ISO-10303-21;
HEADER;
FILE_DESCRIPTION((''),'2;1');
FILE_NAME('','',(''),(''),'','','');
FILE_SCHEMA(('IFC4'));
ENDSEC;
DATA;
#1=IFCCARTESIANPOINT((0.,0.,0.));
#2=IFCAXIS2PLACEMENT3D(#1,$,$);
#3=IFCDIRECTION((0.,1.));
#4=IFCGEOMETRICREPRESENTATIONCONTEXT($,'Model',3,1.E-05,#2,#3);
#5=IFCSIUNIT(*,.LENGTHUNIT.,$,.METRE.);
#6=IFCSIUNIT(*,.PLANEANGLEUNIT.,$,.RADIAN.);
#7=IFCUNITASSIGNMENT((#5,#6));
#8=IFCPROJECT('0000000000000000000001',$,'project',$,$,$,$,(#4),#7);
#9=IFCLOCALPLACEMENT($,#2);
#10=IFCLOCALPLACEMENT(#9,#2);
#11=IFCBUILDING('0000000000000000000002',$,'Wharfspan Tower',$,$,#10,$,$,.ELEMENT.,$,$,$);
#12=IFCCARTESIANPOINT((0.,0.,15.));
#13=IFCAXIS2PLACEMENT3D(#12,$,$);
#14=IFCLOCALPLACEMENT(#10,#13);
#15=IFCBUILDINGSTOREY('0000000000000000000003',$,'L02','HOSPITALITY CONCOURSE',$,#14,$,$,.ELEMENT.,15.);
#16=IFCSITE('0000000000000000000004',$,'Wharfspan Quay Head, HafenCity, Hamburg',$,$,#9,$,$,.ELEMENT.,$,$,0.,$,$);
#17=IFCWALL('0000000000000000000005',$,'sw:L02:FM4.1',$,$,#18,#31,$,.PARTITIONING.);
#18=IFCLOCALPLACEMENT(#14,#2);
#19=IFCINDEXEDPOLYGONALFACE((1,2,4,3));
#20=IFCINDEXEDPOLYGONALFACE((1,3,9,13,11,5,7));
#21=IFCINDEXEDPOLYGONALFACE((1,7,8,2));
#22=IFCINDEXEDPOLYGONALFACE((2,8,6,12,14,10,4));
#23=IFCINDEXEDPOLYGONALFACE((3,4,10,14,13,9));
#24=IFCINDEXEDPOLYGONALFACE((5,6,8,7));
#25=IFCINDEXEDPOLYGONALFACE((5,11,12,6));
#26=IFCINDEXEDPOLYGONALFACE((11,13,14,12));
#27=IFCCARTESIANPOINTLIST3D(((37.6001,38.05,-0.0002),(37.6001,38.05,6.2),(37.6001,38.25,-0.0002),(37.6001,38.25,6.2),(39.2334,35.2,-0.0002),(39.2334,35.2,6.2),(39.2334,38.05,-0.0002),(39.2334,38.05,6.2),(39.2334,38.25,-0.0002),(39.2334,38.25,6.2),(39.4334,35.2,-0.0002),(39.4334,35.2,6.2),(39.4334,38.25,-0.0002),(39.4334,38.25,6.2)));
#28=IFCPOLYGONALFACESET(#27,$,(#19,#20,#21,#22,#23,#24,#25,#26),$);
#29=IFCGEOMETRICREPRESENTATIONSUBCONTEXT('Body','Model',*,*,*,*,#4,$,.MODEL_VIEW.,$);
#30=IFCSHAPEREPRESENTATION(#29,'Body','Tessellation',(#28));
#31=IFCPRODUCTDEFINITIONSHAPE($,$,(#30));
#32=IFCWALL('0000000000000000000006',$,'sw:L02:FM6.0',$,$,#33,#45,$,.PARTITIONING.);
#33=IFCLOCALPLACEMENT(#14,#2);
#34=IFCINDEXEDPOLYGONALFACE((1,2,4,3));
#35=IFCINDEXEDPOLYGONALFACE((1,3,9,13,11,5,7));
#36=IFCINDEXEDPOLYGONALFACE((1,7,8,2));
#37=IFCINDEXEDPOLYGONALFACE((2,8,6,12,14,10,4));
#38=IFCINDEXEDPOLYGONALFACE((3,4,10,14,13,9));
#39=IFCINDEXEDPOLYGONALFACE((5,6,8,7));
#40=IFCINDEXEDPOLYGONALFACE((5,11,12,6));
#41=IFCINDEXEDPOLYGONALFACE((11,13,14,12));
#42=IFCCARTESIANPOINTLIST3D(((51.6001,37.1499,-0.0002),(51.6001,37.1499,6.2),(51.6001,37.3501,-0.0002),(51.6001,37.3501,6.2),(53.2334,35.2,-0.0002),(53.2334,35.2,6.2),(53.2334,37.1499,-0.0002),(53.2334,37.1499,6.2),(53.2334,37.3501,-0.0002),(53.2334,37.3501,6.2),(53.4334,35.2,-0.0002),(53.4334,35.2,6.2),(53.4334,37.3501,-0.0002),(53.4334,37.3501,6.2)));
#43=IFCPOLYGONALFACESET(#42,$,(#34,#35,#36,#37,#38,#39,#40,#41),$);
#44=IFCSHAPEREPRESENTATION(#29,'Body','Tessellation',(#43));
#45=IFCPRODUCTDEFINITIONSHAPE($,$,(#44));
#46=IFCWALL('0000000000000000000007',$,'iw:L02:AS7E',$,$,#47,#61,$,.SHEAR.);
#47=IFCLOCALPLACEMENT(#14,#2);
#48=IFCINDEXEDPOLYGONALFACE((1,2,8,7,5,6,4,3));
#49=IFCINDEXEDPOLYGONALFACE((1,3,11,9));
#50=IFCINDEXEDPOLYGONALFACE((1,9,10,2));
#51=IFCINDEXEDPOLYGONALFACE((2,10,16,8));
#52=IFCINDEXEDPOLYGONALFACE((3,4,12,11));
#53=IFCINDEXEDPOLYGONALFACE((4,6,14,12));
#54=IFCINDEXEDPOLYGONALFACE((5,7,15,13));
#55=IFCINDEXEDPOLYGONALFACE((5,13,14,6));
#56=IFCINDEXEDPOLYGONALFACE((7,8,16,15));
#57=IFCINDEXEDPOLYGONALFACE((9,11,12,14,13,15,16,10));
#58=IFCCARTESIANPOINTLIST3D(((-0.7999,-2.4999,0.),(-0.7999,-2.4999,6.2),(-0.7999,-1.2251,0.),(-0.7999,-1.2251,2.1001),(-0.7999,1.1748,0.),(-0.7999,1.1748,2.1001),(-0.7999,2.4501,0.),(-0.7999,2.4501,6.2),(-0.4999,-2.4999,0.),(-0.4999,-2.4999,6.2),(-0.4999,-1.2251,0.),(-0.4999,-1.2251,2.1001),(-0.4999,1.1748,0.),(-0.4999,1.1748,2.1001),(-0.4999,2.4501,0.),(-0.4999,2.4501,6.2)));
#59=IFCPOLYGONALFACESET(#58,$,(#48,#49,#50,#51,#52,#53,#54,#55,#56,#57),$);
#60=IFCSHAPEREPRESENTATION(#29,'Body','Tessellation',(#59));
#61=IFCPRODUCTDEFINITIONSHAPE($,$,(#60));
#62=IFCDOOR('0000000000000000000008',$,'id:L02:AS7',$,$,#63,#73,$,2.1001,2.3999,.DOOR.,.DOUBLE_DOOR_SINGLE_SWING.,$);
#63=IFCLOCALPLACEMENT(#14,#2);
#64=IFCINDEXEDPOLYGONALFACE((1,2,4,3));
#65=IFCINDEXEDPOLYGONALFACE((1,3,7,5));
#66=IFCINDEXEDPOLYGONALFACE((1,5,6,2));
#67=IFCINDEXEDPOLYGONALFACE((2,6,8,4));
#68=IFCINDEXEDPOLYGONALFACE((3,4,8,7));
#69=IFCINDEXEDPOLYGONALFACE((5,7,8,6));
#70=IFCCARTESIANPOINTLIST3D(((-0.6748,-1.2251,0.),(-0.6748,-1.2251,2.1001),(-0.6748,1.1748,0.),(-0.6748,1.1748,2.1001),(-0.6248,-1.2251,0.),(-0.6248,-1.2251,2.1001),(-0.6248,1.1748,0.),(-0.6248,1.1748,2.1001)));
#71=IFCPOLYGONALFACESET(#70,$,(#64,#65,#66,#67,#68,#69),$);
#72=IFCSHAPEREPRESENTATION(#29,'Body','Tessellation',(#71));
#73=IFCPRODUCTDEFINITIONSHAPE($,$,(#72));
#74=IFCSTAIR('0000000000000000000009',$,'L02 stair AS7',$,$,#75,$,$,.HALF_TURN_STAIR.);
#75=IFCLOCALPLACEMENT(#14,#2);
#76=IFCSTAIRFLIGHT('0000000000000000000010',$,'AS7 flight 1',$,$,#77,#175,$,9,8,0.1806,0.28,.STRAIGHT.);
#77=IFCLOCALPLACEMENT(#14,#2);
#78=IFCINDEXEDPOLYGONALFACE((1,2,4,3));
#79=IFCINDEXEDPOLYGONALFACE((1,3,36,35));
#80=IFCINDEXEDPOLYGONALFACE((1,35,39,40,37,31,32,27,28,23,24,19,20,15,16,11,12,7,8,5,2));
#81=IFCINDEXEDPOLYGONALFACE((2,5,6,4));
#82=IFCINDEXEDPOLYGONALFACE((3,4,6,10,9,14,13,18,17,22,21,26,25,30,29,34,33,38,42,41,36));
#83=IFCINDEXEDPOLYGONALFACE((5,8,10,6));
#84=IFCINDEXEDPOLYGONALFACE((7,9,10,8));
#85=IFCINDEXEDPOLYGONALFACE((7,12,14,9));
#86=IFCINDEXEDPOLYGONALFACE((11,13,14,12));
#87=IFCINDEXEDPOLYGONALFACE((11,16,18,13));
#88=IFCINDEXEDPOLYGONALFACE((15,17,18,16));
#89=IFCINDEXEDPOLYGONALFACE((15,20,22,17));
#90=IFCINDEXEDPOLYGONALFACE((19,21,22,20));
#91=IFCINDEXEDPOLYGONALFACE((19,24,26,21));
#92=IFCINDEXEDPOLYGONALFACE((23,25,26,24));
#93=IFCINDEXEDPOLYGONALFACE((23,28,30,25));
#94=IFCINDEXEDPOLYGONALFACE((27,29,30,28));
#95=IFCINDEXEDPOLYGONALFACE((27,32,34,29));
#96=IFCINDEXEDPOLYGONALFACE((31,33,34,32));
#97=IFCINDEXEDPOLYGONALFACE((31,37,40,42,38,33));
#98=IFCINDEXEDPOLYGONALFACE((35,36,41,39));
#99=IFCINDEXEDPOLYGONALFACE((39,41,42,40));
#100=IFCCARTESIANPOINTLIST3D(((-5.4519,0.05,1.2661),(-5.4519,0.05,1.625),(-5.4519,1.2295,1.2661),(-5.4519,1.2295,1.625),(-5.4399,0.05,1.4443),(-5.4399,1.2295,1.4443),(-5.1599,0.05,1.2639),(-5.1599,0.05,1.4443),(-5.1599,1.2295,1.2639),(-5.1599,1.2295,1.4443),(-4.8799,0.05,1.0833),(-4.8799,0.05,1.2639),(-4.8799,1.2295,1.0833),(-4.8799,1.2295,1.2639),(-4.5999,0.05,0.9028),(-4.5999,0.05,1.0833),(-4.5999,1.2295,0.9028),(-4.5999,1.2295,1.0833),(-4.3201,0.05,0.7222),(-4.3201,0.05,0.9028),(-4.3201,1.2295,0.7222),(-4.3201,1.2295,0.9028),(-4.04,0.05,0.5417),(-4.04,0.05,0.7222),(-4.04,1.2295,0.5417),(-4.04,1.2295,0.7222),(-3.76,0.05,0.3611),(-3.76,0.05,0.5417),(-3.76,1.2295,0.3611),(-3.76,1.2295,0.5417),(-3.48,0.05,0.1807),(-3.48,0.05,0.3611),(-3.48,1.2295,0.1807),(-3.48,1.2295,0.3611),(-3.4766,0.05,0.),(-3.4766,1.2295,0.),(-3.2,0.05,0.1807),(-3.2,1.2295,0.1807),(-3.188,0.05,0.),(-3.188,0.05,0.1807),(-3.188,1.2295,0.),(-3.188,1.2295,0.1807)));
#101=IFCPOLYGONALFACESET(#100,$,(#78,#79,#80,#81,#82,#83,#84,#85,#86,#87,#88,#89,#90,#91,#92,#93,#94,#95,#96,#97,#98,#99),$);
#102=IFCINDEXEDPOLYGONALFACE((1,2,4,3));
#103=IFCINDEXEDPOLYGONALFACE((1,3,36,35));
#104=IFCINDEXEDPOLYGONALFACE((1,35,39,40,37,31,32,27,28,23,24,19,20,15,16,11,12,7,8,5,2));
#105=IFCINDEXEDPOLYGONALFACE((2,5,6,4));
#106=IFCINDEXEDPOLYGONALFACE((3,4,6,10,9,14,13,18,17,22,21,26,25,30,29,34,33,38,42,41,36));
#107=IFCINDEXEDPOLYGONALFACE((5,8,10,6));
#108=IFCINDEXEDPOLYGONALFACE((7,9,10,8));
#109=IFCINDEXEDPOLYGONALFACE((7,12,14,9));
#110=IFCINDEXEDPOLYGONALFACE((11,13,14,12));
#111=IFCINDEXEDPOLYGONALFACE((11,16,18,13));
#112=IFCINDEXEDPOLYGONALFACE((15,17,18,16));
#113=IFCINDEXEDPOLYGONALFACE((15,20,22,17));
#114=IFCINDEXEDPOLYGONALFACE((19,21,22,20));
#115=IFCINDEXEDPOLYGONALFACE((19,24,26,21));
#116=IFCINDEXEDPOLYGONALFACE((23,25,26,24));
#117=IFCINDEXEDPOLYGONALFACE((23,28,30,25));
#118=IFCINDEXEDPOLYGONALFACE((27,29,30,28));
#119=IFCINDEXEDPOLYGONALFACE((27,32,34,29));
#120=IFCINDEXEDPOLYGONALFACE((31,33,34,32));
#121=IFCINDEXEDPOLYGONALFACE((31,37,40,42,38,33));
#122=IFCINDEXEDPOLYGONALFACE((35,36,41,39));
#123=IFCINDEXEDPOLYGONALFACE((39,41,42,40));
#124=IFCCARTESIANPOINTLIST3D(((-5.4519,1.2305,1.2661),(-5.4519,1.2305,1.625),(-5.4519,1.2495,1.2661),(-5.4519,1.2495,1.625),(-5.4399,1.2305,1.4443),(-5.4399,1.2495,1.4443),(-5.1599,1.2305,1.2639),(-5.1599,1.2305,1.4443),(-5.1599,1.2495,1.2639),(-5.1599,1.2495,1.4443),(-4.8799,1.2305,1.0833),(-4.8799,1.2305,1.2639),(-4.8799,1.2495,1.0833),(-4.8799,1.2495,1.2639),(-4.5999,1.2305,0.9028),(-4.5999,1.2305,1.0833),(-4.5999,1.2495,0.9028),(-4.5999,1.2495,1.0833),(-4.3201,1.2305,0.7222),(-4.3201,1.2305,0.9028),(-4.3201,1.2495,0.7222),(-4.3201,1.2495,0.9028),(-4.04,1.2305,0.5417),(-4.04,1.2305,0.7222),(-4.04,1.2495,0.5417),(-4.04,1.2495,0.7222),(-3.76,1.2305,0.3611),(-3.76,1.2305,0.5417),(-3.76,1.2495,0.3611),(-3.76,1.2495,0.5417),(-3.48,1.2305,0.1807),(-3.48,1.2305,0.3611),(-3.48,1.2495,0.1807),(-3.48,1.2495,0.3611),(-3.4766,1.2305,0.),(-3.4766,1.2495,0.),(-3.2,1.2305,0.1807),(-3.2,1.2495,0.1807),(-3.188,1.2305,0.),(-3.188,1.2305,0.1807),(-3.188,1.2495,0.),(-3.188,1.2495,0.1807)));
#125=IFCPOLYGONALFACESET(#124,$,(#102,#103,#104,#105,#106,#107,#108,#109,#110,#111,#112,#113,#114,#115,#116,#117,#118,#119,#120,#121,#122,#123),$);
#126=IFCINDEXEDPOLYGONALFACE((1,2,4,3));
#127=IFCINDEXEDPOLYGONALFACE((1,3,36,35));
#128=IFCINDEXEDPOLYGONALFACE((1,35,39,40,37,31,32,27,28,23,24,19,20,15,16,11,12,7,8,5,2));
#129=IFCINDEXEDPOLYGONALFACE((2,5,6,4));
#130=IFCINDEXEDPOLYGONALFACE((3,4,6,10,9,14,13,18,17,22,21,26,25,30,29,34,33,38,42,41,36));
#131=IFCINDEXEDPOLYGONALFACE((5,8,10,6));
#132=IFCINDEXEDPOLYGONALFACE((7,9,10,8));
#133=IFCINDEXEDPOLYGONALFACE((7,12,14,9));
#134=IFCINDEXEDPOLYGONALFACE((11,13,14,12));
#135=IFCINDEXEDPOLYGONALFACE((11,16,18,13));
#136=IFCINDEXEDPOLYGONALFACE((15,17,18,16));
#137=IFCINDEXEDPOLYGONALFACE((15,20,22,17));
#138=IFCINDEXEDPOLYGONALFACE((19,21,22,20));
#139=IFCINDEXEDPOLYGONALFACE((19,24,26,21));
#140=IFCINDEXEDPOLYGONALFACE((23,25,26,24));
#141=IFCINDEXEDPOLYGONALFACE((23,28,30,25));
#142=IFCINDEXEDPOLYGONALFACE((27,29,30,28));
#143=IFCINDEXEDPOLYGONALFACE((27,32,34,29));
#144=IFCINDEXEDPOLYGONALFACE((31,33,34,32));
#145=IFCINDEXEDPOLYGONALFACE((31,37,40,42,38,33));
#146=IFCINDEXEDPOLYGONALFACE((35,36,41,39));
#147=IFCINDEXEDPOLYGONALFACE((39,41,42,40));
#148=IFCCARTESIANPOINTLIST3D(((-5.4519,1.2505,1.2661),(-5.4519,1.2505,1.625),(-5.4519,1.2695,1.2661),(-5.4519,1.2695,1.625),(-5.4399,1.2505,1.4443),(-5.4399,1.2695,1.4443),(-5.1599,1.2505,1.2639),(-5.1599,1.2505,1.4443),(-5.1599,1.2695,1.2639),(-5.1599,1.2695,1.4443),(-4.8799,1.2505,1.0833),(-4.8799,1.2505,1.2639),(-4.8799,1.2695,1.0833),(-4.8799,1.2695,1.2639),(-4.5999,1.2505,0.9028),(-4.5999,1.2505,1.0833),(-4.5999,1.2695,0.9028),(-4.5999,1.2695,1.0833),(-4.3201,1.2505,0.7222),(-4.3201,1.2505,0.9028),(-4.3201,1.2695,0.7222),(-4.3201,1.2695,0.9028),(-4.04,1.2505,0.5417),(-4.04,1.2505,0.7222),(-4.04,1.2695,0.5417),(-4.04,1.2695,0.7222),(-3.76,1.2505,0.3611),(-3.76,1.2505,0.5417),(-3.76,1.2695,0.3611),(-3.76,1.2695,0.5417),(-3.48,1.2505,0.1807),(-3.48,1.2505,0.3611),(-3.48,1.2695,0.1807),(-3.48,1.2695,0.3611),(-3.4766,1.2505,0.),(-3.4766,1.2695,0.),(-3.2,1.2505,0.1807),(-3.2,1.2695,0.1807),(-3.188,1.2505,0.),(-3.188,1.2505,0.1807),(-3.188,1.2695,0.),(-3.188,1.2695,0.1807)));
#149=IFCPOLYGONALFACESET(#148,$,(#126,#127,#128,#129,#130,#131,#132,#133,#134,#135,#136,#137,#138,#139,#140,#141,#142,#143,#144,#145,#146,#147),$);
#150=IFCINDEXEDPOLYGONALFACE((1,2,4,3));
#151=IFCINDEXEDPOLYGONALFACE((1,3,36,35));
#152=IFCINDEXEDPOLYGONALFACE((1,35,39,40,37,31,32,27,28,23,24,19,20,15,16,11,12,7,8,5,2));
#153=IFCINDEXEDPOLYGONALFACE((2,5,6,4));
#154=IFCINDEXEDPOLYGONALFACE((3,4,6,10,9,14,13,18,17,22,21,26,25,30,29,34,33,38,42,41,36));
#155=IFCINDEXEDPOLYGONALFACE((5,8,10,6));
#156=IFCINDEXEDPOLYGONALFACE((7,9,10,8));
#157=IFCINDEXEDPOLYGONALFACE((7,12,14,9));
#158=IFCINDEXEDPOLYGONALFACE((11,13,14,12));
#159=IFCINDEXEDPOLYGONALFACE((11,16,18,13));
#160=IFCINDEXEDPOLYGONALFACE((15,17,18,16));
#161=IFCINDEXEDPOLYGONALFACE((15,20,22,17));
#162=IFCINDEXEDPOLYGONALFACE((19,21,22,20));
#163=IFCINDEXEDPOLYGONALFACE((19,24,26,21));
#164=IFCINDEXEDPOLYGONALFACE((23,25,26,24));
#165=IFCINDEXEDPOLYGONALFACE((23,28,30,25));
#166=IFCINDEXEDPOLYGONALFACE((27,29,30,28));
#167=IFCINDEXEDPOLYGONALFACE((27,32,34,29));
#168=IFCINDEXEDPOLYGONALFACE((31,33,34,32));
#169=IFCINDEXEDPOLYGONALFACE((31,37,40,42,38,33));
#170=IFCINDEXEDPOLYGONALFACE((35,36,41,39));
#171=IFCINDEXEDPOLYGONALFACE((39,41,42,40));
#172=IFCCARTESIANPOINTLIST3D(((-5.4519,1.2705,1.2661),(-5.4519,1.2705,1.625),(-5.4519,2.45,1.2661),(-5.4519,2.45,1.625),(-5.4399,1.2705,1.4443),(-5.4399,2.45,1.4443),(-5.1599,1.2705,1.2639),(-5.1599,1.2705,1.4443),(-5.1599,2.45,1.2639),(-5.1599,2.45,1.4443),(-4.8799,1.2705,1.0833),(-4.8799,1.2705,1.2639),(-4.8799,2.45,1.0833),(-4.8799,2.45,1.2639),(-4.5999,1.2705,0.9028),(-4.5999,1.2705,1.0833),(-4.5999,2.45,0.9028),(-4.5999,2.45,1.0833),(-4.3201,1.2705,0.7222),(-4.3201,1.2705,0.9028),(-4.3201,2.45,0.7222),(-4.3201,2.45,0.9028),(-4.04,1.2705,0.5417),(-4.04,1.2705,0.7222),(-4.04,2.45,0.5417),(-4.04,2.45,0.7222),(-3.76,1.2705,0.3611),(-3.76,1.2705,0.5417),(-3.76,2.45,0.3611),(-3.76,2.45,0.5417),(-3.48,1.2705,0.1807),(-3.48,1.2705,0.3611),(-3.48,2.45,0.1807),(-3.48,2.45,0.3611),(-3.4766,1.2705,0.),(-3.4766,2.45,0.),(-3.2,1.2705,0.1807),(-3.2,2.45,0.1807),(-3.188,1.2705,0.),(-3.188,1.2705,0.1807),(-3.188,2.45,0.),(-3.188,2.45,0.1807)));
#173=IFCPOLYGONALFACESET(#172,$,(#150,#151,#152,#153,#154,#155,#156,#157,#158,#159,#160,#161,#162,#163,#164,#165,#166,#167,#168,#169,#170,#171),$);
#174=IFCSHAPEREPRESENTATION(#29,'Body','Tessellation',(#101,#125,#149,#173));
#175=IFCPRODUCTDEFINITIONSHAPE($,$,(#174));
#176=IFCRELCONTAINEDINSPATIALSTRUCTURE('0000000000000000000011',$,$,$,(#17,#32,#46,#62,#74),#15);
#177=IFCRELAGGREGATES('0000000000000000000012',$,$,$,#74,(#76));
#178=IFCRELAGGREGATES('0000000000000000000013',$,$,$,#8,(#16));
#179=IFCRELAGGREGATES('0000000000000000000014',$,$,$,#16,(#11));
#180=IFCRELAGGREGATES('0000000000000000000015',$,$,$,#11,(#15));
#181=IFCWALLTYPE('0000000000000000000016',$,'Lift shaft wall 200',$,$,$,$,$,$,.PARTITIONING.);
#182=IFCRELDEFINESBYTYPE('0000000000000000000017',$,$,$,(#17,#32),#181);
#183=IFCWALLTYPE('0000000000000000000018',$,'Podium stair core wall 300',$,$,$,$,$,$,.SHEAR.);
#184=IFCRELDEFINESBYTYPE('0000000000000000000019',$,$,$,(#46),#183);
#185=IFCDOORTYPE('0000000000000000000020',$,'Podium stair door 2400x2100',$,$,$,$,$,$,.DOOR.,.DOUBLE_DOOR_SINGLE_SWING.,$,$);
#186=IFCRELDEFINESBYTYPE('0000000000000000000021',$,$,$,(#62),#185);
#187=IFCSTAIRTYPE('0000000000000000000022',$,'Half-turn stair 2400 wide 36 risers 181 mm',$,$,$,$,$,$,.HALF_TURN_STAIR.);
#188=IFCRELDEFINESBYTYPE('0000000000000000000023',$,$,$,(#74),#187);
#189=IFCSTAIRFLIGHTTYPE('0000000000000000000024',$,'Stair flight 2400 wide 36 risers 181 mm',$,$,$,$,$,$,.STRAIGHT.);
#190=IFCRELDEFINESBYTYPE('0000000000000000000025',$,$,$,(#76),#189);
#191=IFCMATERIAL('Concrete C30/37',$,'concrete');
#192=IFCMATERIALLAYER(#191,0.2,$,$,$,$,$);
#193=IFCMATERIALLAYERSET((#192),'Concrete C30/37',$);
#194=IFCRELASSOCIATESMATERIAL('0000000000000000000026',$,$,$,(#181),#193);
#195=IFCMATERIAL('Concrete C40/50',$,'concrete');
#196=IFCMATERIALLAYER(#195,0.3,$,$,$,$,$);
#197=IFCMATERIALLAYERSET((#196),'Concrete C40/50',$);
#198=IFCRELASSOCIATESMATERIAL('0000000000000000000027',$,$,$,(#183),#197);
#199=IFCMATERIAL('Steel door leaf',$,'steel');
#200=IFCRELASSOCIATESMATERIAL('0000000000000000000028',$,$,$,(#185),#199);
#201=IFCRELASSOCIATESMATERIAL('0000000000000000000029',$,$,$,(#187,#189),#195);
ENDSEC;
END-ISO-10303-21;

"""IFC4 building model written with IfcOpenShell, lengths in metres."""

from ifc_helpers import new_model, si_unit, direction, frame, frame_2d, origin, place, context, subcontext, project, spatial, polyline, rectangle, outline, extrude, material, layer, layer_set, type_object, element, fill, aggregate, save


model = new_model("IFC4")

# Units and contexts
model_context = context("Model", 3, precision=1e-05, world=origin(), true_north=direction((0.0, 1.0)))
body_context = subcontext(model_context, "Body", "Model", "MODEL_VIEW")
ifc_project = project(units=[si_unit("LENGTHUNIT", "METRE"), si_unit("PLANEANGLEUNIT", "RADIAN")], contexts=[model_context])

# Site, building, storey
site_placement = place(None, origin())
site = spatial("IfcSite", under=ifc_project, at=site_placement, Name="Wharfspan Quay Head, HafenCity, Hamburg", CompositionType="ELEMENT", RefElevation=0.0)
building_placement = place(site_placement, origin())
building = spatial("IfcBuilding", under=site, at=building_placement, Name="Wharfspan Tower", CompositionType="ELEMENT")
storey_placement = place(building_placement, frame((0.0, 0.0, 15.0)))
storey = spatial("IfcBuildingStorey", under=building, at=storey_placement, Name="L02", Description="HOSPITALITY CONCOURSE", CompositionType="ELEMENT", Elevation=15.0)

# Walls
ifc_material_1 = material(Name="Concrete C30/37", Category="concrete")
ifc_layer_1 = layer(ifc_material_1, 0.2)
ifc_layer_set_1 = layer_set([ifc_layer_1], Name="Concrete C30/37")
wall_type_1 = type_object("IfcWallType", Name="Lift shaft wall 200", PredefinedType="PARTITIONING", material=ifc_layer_set_1)
wall_1_placement = place(storey_placement, frame((0.0, 0.0, -0.0002)))
element("IfcWall", 1, at=wall_1_placement, inside=storey, type_object=wall_type_1, Name="sw:L02:FM4.1", PredefinedType="PARTITIONING", context=body_context, shape_type="SweptSolid", body=[
    extrude(outline(polyline([(39.2334, 38.05), (37.6001, 38.05), (37.6001, 38.25), (39.2334, 38.25), (39.4333, 38.25), (39.4333, 35.2), (39.2334, 35.2), (39.2334, 38.05)])), origin(), (0.0, 0.0, 1.0), 6.2002),
])
wall_2_placement = place(storey_placement, frame((0.0, 0.0, -0.0002)))
element("IfcWall", 2, at=wall_2_placement, inside=storey, type_object=wall_type_1, Name="sw:L02:FM6.0", PredefinedType="PARTITIONING", context=body_context, shape_type="SweptSolid", body=[
    extrude(outline(polyline([(53.2334, 37.1499), (51.6001, 37.1499), (51.6001, 37.3501), (53.2334, 37.3501), (53.4333, 37.3501), (53.4333, 35.2), (53.2334, 35.2), (53.2334, 37.1499)])), origin(), (0.0, 0.0, 1.0), 6.2002),
])

# Wall, opening, door
ifc_material_2 = material(Name="Concrete C40/50", Category="concrete")
ifc_layer_2 = layer(ifc_material_2, 0.3)
ifc_layer_set_2 = layer_set([ifc_layer_2], Name="Concrete C40/50")
wall_type_2 = type_object("IfcWallType", Name="Podium stair core wall 300", PredefinedType="SHEAR", material=ifc_layer_set_2)
wall_3_placement = place(storey_placement, frame((-0.6499, -2.5, 0.0), z_axis=(0.0, 0.0, 1.0), x_axis=(0.0, 1.0, 0.0)))
wall_3 = element("IfcWall", 3, at=wall_3_placement, inside=storey, type_object=wall_type_2, Name="iw:L02:AS7E", PredefinedType="SHEAR", context=body_context, shape_type="SweptSolid", body=[
    extrude(rectangle(XDim=4.95, YDim=0.3, at=frame_2d((2.4751, 0.0))), origin(), (0.0, 0.0, 1.0), 6.2),
])
opening_placement = place(wall_3_placement, frame((1.2749, 0.0, 0.0)))
opening = element("IfcOpeningElement", 4, at=opening_placement, cuts=wall_3, PredefinedType="OPENING", context=body_context, shape_type="SweptSolid", body=[
    extrude(rectangle(XDim=2.3999, YDim=2.1001, at=frame_2d((1.2, 1.05))), frame((0.0, 0.1599, 0.0), z_axis=(0.0, -1.0, 0.0), x_axis=(1.0, 0.0, 0.0)), (0.0, 0.0, 1.0), 0.3201),
])
ifc_material_3 = material(Name="Steel door leaf", Category="steel")
door_type = type_object("IfcDoorType", Name="Podium stair door 2400x2100", OperationType="DOUBLE_DOOR_SINGLE_SWING", PredefinedType="DOOR", material=ifc_material_3)
door_placement = place(opening_placement, origin())
door = element("IfcDoor", 5, at=door_placement, inside=storey, type_object=door_type, Name="id:L02:AS7", OperationType="DOUBLE_DOOR_SINGLE_SWING", OverallHeight=2.1001, OverallWidth=2.3999, PredefinedType="DOOR", context=body_context, shape_type="SweptSolid", body=[
    extrude(rectangle(XDim=2.3999, YDim=2.1001, at=frame_2d((1.2, 1.05))), frame((0.0, 0.0249, 0.0), z_axis=(0.0, -1.0, 0.0), x_axis=(1.0, 0.0, 0.0)), (0.0, 0.0, 1.0), 0.05),
])
fill(opening, door)

# Stair, stair flight
stair_type = type_object("IfcStairType", Name="Half-turn stair 2400 wide 36 risers 181 mm", PredefinedType="HALF_TURN_STAIR", material=ifc_material_2)
stair_placement = place(storey_placement, origin())
stair = element("IfcStair", 6, at=stair_placement, inside=storey, type_object=stair_type, Name="L02 stair AS7", PredefinedType="HALF_TURN_STAIR")
stair_flight_type = type_object("IfcStairFlightType", Name="Stair flight 2400 wide 36 risers 181 mm", PredefinedType="STRAIGHT", material=ifc_material_2)
stair_flight_1_placement = place(storey_placement, frame((-3.2, 1.25, 0.0), z_axis=(0.0, 0.0, 1.0), x_axis=(-1.0, 0.0, 0.0)))
stair_flight_1 = element("IfcStairFlight", 7, at=stair_flight_1_placement, type_object=stair_flight_type, Name="AS7 flight 1", NumberOfRisers=9, NumberOfTreads=8, PredefinedType="STRAIGHT", RiserHeight=0.1806, TreadLength=0.28, context=body_context, shape_type="SweptSolid", body=[
    extrude(outline(polyline([(-0.012, 0.0), (-0.012, 0.1807), (0.0, 0.1807), (0.28, 0.1807), (0.28, 0.3611), (0.5601, 0.3611), (0.5601, 0.5417), (0.8401, 0.5417), (0.8401, 0.7222), (1.1201, 0.7222), (1.1201, 0.9028), (1.3999, 0.9028), (1.3999, 1.0833), (1.6799, 1.0833), (1.6799, 1.2639), (1.96, 1.2639), (1.96, 1.4443), (2.24, 1.4443), (2.252, 1.625), (2.252, 1.2661), (0.2766, 0.0), (-0.012, 0.0)])), frame((0.0, 1.2, 0.0), z_axis=(0.0, -1.0, 0.0), x_axis=(1.0, 0.0, 0.0)), (0.0, 0.0, 1.0), 1.1794),
    extrude(outline(polyline([(-0.012, 0.0), (-0.012, 0.1807), (0.0, 0.1807), (0.28, 0.1807), (0.28, 0.3611), (0.5601, 0.3611), (0.5601, 0.5417), (0.8401, 0.5417), (0.8401, 0.7222), (1.1201, 0.7222), (1.1201, 0.9028), (1.3999, 0.9028), (1.3999, 1.0833), (1.6799, 1.0833), (1.6799, 1.2639), (1.96, 1.2639), (1.96, 1.4443), (2.24, 1.4443), (2.252, 1.625), (2.252, 1.2661), (0.2766, 0.0), (-0.012, 0.0)])), frame((0.0, 0.0195, 0.0), z_axis=(0.0, -1.0, 0.0), x_axis=(1.0, 0.0, 0.0)), (0.0, 0.0, 1.0), 0.019),
    extrude(outline(polyline([(-0.012, 0.0), (-0.012, 0.1807), (0.0, 0.1807), (0.28, 0.1807), (0.28, 0.3611), (0.5601, 0.3611), (0.5601, 0.5417), (0.8401, 0.5417), (0.8401, 0.7222), (1.1201, 0.7222), (1.1201, 0.9028), (1.3999, 0.9028), (1.3999, 1.0833), (1.6799, 1.0833), (1.6799, 1.2639), (1.96, 1.2639), (1.96, 1.4443), (2.24, 1.4443), (2.252, 1.625), (2.252, 1.2661), (0.2766, 0.0), (-0.012, 0.0)])), frame((0.0, -0.0005, 0.0), z_axis=(0.0, -1.0, 0.0), x_axis=(1.0, 0.0, 0.0)), (0.0, 0.0, 1.0), 0.019),
    extrude(outline(polyline([(-0.012, 0.0), (-0.012, 0.1807), (0.0, 0.1807), (0.28, 0.1807), (0.28, 0.3611), (0.5601, 0.3611), (0.5601, 0.5417), (0.8401, 0.5417), (0.8401, 0.7222), (1.1201, 0.7222), (1.1201, 0.9028), (1.3999, 0.9028), (1.3999, 1.0833), (1.6799, 1.0833), (1.6799, 1.2639), (1.96, 1.2639), (1.96, 1.4443), (2.24, 1.4443), (2.252, 1.625), (2.252, 1.2661), (0.2766, 0.0), (-0.012, 0.0)])), frame((0.0, -0.0205, 0.0), z_axis=(0.0, -1.0, 0.0), x_axis=(1.0, 0.0, 0.0)), (0.0, 0.0, 1.0), 1.1794),
])
aggregate(stair, [stair_flight_1])

save(model, "model.ifc")
